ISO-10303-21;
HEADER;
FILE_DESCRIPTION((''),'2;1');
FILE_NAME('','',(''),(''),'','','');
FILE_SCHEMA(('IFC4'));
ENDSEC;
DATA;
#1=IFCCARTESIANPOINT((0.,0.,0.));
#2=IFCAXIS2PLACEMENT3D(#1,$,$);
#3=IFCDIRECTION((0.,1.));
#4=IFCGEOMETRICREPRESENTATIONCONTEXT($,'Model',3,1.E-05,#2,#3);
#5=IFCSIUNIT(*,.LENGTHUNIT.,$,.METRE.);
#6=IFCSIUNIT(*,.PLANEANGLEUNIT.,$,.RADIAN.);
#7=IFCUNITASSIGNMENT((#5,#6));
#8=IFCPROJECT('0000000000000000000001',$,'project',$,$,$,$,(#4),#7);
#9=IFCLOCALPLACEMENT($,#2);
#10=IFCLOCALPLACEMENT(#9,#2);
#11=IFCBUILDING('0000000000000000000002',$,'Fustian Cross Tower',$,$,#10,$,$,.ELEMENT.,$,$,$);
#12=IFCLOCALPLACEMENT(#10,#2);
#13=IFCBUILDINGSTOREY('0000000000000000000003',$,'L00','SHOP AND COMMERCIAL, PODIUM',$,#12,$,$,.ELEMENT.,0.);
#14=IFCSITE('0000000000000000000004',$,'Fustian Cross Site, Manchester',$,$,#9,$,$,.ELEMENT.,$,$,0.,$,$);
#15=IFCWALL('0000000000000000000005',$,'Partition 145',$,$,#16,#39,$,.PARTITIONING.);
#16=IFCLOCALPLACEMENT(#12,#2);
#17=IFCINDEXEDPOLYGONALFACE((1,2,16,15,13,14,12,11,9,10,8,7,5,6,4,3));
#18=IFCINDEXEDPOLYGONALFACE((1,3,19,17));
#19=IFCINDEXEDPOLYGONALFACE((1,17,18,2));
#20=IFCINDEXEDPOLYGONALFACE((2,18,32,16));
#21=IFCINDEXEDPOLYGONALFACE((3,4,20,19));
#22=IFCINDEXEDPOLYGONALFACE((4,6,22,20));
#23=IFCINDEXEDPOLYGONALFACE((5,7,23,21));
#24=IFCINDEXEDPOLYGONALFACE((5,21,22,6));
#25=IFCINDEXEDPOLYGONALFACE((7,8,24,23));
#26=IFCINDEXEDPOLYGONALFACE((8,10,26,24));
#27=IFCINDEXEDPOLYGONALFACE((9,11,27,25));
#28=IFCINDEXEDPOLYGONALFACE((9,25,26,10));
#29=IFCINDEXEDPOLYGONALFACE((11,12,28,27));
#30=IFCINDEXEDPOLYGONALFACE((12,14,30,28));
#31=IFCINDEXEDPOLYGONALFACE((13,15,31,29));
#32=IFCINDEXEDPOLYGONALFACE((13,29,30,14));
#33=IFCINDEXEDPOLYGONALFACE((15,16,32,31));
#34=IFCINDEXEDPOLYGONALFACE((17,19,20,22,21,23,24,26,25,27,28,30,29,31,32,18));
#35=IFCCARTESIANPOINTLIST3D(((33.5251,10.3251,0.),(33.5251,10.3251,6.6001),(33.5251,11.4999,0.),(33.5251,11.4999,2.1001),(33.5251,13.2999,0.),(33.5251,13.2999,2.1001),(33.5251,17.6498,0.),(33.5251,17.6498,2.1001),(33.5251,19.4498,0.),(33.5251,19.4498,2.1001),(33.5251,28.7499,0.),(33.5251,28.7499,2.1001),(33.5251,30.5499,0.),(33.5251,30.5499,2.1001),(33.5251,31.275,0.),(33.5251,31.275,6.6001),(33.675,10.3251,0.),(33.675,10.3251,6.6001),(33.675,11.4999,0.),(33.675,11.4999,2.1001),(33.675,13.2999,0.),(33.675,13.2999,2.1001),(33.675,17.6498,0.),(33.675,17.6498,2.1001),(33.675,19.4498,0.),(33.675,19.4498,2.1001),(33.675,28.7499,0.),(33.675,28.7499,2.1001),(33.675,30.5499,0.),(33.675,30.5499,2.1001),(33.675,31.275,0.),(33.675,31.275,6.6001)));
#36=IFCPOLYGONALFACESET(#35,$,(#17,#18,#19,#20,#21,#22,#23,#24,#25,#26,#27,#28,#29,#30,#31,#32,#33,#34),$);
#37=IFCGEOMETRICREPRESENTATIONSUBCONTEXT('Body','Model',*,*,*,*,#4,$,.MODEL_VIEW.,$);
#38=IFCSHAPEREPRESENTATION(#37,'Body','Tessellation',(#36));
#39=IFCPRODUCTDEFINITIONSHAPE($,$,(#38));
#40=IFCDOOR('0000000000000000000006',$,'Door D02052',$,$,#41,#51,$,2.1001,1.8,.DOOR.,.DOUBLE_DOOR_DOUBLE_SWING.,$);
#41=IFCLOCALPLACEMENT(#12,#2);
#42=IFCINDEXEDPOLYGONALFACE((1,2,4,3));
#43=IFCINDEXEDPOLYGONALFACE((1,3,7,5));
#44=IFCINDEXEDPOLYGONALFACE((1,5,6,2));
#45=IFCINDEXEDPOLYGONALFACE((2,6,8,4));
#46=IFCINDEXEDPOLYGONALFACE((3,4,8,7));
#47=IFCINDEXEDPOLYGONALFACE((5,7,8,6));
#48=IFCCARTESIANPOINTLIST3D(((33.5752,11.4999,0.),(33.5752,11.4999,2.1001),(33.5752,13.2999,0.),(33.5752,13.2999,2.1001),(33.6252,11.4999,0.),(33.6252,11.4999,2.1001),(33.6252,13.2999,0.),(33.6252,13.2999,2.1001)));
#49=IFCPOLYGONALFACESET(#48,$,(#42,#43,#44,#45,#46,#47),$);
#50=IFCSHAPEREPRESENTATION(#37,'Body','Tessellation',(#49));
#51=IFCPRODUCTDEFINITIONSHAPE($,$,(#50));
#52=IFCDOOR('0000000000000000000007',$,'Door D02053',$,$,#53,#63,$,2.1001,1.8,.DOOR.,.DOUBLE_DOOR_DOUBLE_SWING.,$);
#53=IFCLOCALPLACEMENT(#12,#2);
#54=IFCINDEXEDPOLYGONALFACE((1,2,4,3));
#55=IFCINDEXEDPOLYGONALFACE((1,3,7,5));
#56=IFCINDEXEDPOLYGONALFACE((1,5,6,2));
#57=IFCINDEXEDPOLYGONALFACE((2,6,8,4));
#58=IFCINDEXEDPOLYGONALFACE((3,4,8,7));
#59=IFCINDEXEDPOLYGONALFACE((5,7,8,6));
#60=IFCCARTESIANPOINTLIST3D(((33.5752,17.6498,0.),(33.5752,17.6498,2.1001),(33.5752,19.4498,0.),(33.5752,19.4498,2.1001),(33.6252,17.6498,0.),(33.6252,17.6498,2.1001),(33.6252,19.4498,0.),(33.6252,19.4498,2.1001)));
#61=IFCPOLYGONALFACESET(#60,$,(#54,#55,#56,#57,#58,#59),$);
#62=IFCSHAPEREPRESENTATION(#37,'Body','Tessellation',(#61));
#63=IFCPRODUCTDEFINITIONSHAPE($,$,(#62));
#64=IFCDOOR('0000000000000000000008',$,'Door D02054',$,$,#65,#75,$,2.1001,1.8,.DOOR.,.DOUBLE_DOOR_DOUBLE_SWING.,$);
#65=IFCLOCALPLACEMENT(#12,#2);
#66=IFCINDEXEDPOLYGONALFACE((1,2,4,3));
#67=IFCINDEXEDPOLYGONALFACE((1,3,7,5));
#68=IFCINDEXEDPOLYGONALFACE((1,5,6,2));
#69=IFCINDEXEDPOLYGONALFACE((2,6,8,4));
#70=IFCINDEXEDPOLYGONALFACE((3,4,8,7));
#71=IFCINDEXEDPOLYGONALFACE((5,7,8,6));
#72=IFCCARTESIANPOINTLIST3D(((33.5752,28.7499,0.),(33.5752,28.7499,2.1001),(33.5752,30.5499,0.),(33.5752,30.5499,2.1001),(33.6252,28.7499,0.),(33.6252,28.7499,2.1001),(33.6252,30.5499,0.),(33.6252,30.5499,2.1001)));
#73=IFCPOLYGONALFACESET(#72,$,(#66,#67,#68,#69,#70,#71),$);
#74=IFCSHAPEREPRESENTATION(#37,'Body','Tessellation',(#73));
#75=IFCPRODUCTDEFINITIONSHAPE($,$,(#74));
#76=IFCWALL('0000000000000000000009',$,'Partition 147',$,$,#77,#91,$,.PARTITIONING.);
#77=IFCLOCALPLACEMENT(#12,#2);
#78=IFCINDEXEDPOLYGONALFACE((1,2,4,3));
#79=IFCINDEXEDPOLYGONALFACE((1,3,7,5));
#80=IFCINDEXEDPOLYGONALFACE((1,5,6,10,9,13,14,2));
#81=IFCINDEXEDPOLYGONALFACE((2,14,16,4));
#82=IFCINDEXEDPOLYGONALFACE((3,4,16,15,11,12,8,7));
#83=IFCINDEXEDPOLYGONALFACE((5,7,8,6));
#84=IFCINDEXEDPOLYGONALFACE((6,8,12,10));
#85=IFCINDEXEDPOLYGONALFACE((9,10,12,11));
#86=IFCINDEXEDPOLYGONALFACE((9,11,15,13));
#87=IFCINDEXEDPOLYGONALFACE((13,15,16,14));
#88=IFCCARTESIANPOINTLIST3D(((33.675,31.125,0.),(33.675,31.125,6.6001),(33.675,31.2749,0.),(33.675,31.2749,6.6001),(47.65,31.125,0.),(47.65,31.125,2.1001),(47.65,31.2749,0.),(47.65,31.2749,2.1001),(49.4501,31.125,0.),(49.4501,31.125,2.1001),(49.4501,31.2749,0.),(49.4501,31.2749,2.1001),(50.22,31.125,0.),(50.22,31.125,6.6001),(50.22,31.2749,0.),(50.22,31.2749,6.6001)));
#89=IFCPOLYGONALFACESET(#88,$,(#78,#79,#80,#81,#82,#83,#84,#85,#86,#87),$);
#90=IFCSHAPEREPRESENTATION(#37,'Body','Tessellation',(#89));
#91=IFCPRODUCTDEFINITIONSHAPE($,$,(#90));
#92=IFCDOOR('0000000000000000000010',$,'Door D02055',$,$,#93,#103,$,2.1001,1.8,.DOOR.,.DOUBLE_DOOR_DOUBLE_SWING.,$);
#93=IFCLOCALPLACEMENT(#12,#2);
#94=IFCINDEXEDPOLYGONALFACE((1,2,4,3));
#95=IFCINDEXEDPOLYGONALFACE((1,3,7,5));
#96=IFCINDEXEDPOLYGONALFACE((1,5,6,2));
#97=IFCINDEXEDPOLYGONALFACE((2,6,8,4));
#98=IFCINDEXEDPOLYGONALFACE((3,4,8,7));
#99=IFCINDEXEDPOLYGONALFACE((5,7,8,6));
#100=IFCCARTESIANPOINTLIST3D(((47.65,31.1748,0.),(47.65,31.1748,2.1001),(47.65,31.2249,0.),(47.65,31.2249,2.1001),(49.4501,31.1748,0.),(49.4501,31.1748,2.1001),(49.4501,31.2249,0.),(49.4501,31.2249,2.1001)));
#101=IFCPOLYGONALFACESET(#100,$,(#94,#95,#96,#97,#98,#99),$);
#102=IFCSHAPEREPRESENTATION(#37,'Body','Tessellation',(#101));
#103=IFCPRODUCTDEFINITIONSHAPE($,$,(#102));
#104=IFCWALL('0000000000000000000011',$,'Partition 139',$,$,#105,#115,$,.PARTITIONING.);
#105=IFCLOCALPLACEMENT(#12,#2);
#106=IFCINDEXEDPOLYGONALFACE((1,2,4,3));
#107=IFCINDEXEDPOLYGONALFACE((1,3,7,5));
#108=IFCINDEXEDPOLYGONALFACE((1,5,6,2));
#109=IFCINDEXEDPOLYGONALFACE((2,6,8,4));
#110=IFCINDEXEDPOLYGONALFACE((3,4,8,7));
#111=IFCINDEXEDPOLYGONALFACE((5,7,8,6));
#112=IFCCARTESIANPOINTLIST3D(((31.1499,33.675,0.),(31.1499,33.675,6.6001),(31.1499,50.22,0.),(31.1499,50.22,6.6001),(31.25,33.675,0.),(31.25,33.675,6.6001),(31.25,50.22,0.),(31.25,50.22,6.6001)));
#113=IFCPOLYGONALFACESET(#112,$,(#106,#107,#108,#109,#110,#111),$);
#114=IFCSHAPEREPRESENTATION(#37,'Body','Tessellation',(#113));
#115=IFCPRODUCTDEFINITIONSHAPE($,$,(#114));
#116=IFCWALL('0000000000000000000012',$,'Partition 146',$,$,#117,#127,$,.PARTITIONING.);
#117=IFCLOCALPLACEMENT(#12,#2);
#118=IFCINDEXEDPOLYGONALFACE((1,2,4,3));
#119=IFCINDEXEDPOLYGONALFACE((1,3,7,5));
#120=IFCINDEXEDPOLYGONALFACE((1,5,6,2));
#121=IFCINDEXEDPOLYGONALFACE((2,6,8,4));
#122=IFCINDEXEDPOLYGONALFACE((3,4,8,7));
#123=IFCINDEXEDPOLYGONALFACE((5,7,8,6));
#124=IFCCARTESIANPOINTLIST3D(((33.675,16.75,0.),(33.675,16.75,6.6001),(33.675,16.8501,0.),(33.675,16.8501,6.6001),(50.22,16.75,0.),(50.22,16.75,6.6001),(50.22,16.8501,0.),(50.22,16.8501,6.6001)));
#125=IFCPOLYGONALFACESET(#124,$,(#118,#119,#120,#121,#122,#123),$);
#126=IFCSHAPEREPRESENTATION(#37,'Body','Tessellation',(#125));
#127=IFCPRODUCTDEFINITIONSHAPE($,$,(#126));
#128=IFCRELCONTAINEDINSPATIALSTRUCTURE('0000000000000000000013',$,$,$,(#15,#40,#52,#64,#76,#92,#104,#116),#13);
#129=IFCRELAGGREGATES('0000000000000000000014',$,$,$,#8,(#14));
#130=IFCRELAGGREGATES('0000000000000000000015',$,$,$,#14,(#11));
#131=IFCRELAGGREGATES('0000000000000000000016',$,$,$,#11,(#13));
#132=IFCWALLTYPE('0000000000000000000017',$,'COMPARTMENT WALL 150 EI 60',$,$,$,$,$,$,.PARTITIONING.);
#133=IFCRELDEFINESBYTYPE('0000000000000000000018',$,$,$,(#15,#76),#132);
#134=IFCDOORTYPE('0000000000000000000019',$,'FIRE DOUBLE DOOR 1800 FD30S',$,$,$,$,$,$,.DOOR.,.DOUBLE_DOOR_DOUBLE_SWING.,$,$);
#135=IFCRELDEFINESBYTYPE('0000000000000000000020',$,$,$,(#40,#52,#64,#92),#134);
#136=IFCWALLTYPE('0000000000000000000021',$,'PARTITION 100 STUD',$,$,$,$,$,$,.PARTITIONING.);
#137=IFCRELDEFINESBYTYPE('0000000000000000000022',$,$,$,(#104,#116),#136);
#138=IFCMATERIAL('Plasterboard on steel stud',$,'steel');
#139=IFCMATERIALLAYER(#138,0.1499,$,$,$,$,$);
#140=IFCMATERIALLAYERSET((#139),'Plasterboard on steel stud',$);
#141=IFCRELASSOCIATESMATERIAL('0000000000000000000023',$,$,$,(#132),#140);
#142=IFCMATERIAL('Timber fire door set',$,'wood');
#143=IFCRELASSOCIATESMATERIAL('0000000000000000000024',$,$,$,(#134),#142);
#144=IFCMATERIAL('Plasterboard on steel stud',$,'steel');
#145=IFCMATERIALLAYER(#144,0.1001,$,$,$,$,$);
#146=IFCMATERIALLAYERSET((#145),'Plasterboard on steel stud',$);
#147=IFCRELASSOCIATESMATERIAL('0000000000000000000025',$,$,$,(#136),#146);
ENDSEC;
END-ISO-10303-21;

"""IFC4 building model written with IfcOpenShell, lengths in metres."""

from ifc_helpers import new_model, si_unit, direction, frame, frame_2d, origin, place, context, subcontext, project, spatial, rectangle, extrude, material, layer, layer_set, type_object, element, fill, save


model = new_model("IFC4")

# Units and contexts
model_context = context("Model", 3, precision=1e-05, world=origin(), true_north=direction((0.0, 1.0)))
body_context = subcontext(model_context, "Body", "Model", "MODEL_VIEW")
ifc_project = project(units=[si_unit("LENGTHUNIT", "METRE"), si_unit("PLANEANGLEUNIT", "RADIAN")], contexts=[model_context])

# Site, building, storey
site_placement = place(None, origin())
site = spatial("IfcSite", under=ifc_project, at=site_placement, Name="Fustian Cross Site, Manchester", CompositionType="ELEMENT", RefElevation=0.0)
building_placement = place(site_placement, origin())
building = spatial("IfcBuilding", under=site, at=building_placement, Name="Fustian Cross Tower", CompositionType="ELEMENT")
storey_placement = place(building_placement, origin())
storey = spatial("IfcBuildingStorey", under=building, at=storey_placement, Name="L00", Description="SHOP AND COMMERCIAL, PODIUM", CompositionType="ELEMENT", Elevation=0.0)

# Shared definitions
ifc_material_1 = material(Name="Plasterboard on steel stud", Category="steel")
ifc_layer_1 = layer(ifc_material_1, 0.1499)
ifc_layer_set_1 = layer_set([ifc_layer_1], Name="Plasterboard on steel stud")
wall_type_1 = type_object("IfcWallType", Name="COMPARTMENT WALL 150 EI 60", PredefinedType="PARTITIONING", material=ifc_layer_set_1)
ifc_material_2 = material(Name="Timber fire door set", Category="wood")
door_type = type_object("IfcDoorType", Name="FIRE DOUBLE DOOR 1800 FD30S", OperationType="DOUBLE_DOOR_DOUBLE_SWING", PredefinedType="DOOR", material=ifc_material_2)

# Wall, openings, doors
wall_1_placement = place(storey_placement, frame((33.6001, 10.325, 0.0), z_axis=(0.0, 0.0, 1.0), x_axis=(0.0, 1.0, 0.0)))
wall_1 = element("IfcWall", 1, at=wall_1_placement, inside=storey, type_object=wall_type_1, Name="Partition 145", PredefinedType="PARTITIONING", context=body_context, shape_type="SweptSolid", body=[
    extrude(rectangle(XDim=20.95, YDim=0.1499, at=frame_2d((10.4751, 0.0))), origin(), (0.0, 0.0, 1.0), 6.6001),
])
opening_1_placement = place(wall_1_placement, frame((1.175, 0.0, 0.0)))
opening_1 = element("IfcOpeningElement", 2, at=opening_1_placement, cuts=wall_1, PredefinedType="OPENING", context=body_context, shape_type="SweptSolid", body=[
    extrude(rectangle(XDim=1.8, YDim=2.1001, at=frame_2d((0.8999, 1.05))), frame((0.0, 0.085, 0.0), z_axis=(0.0, -1.0, 0.0), x_axis=(1.0, 0.0, 0.0)), (0.0, 0.0, 1.0), 0.1699),
])
opening_2_placement = place(wall_1_placement, frame((7.325, 0.0, 0.0)))
opening_2 = element("IfcOpeningElement", 3, at=opening_2_placement, cuts=wall_1, PredefinedType="OPENING", context=body_context, shape_type="SweptSolid", body=[
    extrude(rectangle(XDim=1.8, YDim=2.1001, at=frame_2d((0.8999, 1.05))), frame((0.0, 0.085, 0.0), z_axis=(0.0, -1.0, 0.0), x_axis=(1.0, 0.0, 0.0)), (0.0, 0.0, 1.0), 0.1699),
])
opening_3_placement = place(wall_1_placement, frame((18.425, 0.0, 0.0)))
opening_3 = element("IfcOpeningElement", 4, at=opening_3_placement, cuts=wall_1, PredefinedType="OPENING", context=body_context, shape_type="SweptSolid", body=[
    extrude(rectangle(XDim=1.8, YDim=2.1001, at=frame_2d((0.8999, 1.05))), frame((0.0, 0.085, 0.0), z_axis=(0.0, -1.0, 0.0), x_axis=(1.0, 0.0, 0.0)), (0.0, 0.0, 1.0), 0.1699),
])
door_1_placement = place(opening_1_placement, origin())
door_1 = element("IfcDoor", 5, at=door_1_placement, inside=storey, type_object=door_type, Name="Door D02052", OperationType="DOUBLE_DOOR_DOUBLE_SWING", OverallHeight=2.1001, OverallWidth=1.8, PredefinedType="DOOR", context=body_context, shape_type="SweptSolid", body=[
    extrude(rectangle(XDim=1.8, YDim=2.1001, at=frame_2d((0.8999, 1.05))), frame((0.0, 0.0249, 0.0), z_axis=(0.0, -1.0, 0.0), x_axis=(1.0, 0.0, 0.0)), (0.0, 0.0, 1.0), 0.05),
])
fill(opening_1, door_1)
door_2_placement = place(opening_2_placement, origin())
door_2 = element("IfcDoor", 6, at=door_2_placement, inside=storey, type_object=door_type, Name="Door D02053", OperationType="DOUBLE_DOOR_DOUBLE_SWING", OverallHeight=2.1001, OverallWidth=1.8, PredefinedType="DOOR", context=body_context, shape_type="SweptSolid", body=[
    extrude(rectangle(XDim=1.8, YDim=2.1001, at=frame_2d((0.8999, 1.05))), frame((0.0, 0.0249, 0.0), z_axis=(0.0, -1.0, 0.0), x_axis=(1.0, 0.0, 0.0)), (0.0, 0.0, 1.0), 0.05),
])
fill(opening_2, door_2)
door_3_placement = place(opening_3_placement, origin())
door_3 = element("IfcDoor", 7, at=door_3_placement, inside=storey, type_object=door_type, Name="Door D02054", OperationType="DOUBLE_DOOR_DOUBLE_SWING", OverallHeight=2.1001, OverallWidth=1.8, PredefinedType="DOOR", context=body_context, shape_type="SweptSolid", body=[
    extrude(rectangle(XDim=1.8, YDim=2.1001, at=frame_2d((0.8999, 1.05))), frame((0.0, 0.0249, 0.0), z_axis=(0.0, -1.0, 0.0), x_axis=(1.0, 0.0, 0.0)), (0.0, 0.0, 1.0), 0.05),
])
fill(opening_3, door_3)

# Wall, opening, door
wall_2_placement = place(storey_placement, frame((33.675, 31.2, 0.0), z_axis=(0.0, 0.0, 1.0), x_axis=(1.0, 0.0, 0.0)))
wall_2 = element("IfcWall", 8, at=wall_2_placement, inside=storey, type_object=wall_type_1, Name="Partition 147", PredefinedType="PARTITIONING", context=body_context, shape_type="SweptSolid", body=[
    extrude(rectangle(XDim=16.5449, YDim=0.1499, at=frame_2d((8.2725, 0.0))), origin(), (0.0, 0.0, 1.0), 6.6001),
])
opening_4_placement = place(wall_2_placement, frame((13.9751, 0.0, 0.0)))
opening_4 = element("IfcOpeningElement", 9, at=opening_4_placement, cuts=wall_2, PredefinedType="OPENING", context=body_context, shape_type="SweptSolid", body=[
    extrude(rectangle(XDim=1.8, YDim=2.1001, at=frame_2d((0.8999, 1.05))), frame((0.0, 0.085, 0.0), z_axis=(0.0, -1.0, 0.0), x_axis=(1.0, 0.0, 0.0)), (0.0, 0.0, 1.0), 0.1699),
])
door_4_placement = place(opening_4_placement, origin())
door_4 = element("IfcDoor", 10, at=door_4_placement, inside=storey, type_object=door_type, Name="Door D02055", OperationType="DOUBLE_DOOR_DOUBLE_SWING", OverallHeight=2.1001, OverallWidth=1.8, PredefinedType="DOOR", context=body_context, shape_type="SweptSolid", body=[
    extrude(rectangle(XDim=1.8, YDim=2.1001, at=frame_2d((0.8999, 1.05))), frame((0.0, 0.0249, 0.0), z_axis=(0.0, -1.0, 0.0), x_axis=(1.0, 0.0, 0.0)), (0.0, 0.0, 1.0), 0.05),
])
fill(opening_4, door_4)

# Walls
ifc_material_3 = material(Name="Plasterboard on steel stud", Category="steel")
ifc_layer_2 = layer(ifc_material_3, 0.1001)
ifc_layer_set_2 = layer_set([ifc_layer_2], Name="Plasterboard on steel stud")
wall_type_2 = type_object("IfcWallType", Name="PARTITION 100 STUD", PredefinedType="PARTITIONING", material=ifc_layer_set_2)
for number, where, z_axis, x_axis, name in (
    (11, (31.2, 33.675, 0.0), (0.0, 0.0, 1.0), (0.0, 1.0, 0.0), "Partition 139"),
    (12, (33.675, 16.8, 0.0), (0.0, 0.0, 1.0), (1.0, 0.0, 0.0), "Partition 146"),
):
    element("IfcWall", number, at=place(storey_placement, frame(where, z_axis=z_axis, x_axis=x_axis)), inside=storey, type_object=wall_type_2, Name=name, PredefinedType="PARTITIONING", context=body_context, shape_type="SweptSolid", body=[
        extrude(rectangle(XDim=16.5449, YDim=0.1001, at=frame_2d((8.2725, 0.0))), origin(), (0.0, 0.0, 1.0), 6.6001),
    ])

save(model, "model.ifc")
